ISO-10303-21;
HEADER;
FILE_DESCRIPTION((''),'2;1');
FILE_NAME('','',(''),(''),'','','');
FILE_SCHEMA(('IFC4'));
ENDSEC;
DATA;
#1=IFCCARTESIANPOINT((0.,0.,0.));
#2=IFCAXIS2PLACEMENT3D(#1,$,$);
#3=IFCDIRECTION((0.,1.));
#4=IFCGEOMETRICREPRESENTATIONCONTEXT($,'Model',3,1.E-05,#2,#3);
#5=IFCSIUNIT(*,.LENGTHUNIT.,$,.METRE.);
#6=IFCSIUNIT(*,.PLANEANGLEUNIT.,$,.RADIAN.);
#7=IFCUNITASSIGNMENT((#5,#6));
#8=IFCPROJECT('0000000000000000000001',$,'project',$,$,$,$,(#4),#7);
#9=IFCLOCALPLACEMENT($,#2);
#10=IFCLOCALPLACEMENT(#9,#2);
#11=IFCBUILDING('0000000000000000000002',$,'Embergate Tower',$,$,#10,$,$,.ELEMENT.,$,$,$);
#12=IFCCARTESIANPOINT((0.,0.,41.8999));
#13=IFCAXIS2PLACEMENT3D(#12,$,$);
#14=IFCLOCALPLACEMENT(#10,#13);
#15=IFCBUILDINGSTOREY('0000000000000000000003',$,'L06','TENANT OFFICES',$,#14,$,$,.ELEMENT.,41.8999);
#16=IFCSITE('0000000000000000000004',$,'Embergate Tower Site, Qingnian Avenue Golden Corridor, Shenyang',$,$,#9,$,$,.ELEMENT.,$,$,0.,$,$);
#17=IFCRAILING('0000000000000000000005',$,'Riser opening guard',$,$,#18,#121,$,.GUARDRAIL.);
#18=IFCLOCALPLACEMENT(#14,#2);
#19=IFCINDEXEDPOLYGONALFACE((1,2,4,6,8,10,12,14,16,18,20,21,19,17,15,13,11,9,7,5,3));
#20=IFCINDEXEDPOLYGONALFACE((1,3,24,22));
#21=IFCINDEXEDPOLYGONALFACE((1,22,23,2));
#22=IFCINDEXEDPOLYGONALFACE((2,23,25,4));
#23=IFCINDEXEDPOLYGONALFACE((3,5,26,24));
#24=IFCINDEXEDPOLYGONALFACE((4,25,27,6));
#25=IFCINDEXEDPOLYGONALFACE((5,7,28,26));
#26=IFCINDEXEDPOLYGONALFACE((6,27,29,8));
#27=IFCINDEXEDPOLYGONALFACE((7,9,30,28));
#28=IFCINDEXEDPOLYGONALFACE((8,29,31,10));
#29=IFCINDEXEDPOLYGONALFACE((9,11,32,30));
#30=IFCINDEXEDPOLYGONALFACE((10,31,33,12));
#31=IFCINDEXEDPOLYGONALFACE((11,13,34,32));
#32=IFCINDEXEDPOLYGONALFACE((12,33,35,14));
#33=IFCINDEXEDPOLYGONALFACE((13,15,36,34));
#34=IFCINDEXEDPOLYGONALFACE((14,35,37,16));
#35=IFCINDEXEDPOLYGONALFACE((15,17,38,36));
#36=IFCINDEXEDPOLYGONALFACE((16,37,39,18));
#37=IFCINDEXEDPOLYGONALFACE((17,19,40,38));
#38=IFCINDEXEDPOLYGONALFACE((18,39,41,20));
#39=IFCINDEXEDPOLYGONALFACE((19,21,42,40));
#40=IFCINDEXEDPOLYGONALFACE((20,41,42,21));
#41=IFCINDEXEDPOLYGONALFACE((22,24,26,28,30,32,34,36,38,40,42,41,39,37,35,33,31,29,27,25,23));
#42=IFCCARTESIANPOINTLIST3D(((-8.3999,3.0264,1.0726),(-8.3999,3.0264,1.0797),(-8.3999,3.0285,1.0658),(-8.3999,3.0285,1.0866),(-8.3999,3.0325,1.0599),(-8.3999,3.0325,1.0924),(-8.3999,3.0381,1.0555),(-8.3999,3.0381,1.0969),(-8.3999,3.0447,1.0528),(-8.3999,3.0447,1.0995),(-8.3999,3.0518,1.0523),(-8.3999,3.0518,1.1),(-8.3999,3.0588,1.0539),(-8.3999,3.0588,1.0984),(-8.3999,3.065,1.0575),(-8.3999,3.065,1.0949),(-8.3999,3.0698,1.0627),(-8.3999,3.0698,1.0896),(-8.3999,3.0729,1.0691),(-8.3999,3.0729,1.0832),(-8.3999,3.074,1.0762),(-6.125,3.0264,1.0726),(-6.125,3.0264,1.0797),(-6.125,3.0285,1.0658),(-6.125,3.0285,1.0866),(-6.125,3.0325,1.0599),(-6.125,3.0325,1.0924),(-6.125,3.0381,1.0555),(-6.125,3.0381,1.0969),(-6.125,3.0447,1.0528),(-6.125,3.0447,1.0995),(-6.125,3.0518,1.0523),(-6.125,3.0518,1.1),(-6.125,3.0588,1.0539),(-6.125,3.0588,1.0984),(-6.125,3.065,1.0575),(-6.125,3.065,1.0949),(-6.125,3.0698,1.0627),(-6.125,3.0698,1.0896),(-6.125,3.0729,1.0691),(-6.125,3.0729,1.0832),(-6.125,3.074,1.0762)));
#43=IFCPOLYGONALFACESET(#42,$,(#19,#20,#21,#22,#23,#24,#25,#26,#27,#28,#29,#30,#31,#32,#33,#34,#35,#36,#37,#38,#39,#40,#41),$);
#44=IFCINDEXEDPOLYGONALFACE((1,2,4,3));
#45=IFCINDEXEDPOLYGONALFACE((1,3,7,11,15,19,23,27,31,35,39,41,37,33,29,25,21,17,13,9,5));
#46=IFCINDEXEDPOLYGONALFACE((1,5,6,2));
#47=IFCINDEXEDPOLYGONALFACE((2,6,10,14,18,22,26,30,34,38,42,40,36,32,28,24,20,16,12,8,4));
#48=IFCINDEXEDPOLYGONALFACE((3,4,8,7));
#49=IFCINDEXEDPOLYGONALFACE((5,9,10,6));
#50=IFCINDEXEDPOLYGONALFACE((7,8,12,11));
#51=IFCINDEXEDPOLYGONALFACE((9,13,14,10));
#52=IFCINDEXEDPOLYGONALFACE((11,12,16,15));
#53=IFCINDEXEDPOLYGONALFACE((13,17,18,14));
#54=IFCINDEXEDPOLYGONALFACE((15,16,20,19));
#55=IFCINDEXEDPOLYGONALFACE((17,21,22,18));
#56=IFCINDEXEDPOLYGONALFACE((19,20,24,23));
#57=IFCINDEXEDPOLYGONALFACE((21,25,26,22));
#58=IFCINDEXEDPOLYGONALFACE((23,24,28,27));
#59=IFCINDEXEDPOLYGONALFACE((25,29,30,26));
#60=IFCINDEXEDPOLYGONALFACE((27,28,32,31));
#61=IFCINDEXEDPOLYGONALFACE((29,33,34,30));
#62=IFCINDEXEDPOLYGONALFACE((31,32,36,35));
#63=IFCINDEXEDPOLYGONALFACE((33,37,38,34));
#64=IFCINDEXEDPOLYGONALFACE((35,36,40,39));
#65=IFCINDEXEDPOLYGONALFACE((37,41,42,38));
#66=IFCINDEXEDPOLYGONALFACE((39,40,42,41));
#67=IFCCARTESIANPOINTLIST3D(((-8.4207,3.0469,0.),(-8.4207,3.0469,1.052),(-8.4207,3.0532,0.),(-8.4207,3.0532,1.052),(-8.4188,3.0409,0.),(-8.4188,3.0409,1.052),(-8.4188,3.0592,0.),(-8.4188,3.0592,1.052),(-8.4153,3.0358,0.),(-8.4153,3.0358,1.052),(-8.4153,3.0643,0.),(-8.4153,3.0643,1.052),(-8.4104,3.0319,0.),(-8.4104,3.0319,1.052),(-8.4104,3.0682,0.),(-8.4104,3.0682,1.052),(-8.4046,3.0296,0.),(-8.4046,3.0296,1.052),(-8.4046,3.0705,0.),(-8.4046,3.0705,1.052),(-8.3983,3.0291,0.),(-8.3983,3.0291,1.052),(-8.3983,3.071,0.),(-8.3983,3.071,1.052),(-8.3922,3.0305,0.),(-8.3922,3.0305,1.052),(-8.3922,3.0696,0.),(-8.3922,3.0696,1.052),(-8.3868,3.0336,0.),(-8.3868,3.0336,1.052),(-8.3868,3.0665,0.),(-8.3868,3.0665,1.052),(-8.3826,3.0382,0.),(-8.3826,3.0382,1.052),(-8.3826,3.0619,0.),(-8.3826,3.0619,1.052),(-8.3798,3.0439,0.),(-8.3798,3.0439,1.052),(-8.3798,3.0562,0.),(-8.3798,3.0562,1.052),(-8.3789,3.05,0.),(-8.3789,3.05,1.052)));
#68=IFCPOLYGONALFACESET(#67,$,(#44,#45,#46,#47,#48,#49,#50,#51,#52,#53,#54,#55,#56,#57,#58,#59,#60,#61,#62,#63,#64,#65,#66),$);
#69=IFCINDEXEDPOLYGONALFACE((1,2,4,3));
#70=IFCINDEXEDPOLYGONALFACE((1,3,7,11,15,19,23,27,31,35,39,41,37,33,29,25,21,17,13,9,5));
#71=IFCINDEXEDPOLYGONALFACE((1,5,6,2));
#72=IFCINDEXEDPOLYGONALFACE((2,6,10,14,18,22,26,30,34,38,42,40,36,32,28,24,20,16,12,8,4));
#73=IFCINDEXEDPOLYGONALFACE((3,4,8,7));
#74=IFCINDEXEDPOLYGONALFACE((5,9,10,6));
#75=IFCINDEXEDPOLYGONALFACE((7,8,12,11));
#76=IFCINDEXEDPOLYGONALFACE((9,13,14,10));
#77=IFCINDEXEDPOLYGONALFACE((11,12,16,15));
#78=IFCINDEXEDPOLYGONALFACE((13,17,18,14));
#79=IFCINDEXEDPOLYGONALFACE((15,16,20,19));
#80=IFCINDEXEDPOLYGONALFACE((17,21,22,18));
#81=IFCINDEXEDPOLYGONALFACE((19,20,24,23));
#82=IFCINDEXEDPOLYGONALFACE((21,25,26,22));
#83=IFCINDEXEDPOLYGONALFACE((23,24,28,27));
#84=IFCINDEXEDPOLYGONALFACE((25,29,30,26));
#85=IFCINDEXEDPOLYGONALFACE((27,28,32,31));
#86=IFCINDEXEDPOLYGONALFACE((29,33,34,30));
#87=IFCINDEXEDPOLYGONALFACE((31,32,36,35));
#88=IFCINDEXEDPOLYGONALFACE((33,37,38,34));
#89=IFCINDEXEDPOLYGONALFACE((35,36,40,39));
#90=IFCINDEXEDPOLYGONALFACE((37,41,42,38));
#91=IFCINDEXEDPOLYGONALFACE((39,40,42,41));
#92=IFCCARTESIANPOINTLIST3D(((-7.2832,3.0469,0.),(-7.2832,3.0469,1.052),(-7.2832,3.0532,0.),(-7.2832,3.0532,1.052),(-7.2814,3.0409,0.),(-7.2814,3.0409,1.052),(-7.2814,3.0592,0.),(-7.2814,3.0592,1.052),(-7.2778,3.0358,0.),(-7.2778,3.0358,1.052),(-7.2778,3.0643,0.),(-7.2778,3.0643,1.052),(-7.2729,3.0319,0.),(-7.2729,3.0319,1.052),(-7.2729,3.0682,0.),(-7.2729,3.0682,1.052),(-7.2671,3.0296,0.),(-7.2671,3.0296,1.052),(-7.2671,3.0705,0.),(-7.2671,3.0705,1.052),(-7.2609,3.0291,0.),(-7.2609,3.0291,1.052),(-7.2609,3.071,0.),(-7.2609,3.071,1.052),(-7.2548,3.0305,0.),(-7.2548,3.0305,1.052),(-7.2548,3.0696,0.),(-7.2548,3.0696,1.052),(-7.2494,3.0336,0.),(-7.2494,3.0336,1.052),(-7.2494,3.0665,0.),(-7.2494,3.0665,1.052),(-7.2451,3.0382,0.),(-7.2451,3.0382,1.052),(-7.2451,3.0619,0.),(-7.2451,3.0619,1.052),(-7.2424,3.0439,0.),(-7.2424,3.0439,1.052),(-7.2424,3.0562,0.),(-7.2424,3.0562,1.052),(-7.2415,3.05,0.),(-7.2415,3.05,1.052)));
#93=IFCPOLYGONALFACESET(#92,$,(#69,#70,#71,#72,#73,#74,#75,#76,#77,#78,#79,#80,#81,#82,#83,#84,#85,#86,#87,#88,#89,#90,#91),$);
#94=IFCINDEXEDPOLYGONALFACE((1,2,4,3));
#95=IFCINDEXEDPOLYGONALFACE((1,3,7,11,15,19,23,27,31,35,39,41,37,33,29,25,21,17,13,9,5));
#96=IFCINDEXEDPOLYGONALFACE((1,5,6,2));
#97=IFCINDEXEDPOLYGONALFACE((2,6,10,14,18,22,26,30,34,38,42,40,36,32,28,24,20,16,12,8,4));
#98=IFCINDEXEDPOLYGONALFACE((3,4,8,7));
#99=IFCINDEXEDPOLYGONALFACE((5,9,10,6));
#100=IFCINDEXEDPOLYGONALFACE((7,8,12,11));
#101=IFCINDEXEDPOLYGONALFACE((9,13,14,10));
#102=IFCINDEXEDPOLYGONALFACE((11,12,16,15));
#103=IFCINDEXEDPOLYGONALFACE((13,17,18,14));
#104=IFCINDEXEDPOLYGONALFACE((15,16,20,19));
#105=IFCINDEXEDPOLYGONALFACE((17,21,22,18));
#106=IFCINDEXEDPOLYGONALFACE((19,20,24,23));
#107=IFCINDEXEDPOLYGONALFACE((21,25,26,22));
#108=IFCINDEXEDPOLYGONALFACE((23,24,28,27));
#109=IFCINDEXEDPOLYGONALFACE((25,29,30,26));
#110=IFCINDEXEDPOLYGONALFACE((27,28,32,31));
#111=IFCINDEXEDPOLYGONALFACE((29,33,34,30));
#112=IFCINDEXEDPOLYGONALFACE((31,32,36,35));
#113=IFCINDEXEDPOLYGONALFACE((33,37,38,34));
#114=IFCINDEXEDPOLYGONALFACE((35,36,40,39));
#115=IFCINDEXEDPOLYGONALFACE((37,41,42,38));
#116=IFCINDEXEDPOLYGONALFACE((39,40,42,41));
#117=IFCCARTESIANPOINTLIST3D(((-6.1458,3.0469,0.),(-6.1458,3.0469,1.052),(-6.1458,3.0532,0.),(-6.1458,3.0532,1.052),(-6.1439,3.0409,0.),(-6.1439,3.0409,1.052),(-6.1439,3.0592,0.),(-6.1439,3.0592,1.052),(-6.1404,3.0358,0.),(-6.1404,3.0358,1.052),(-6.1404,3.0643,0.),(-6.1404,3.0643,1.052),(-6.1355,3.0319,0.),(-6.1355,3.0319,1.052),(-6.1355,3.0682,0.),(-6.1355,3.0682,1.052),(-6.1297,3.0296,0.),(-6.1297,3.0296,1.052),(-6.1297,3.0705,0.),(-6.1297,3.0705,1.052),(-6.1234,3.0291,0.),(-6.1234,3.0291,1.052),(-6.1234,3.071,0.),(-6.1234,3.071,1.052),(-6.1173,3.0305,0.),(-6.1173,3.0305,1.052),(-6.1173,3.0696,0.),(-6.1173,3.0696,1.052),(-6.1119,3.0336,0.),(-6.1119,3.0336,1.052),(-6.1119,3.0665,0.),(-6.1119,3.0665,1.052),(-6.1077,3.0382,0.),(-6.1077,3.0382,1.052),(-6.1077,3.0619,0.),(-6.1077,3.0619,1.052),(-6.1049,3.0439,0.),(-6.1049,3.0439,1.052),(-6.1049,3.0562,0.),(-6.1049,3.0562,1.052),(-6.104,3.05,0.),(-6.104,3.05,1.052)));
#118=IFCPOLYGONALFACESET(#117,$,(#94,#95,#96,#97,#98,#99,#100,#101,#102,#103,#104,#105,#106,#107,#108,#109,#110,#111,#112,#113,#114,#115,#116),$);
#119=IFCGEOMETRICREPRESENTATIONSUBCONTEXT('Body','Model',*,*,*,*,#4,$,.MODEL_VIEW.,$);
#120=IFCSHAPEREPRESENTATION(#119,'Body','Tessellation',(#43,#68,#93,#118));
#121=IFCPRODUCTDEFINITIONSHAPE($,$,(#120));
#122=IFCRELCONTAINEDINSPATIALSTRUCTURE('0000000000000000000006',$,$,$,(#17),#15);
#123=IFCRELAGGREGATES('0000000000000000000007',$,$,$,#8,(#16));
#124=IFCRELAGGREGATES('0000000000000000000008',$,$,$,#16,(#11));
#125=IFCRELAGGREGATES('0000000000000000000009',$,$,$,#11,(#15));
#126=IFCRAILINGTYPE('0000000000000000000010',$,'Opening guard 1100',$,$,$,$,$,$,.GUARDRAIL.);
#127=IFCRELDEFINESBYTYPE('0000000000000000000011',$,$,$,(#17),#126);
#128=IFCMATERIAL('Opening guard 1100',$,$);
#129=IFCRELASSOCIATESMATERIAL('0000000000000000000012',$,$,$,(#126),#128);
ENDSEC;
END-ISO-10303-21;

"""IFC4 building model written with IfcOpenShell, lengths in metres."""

from ifc_helpers import new_model, si_unit, direction, frame, origin, origin_2d, place, context, subcontext, project, spatial, circle, extrude, source, transform, mapped, material, type_object, element, save


model = new_model("IFC4")

# Units and contexts
model_context = context("Model", 3, precision=1e-05, world=origin(), true_north=direction((0.0, 1.0)))
body_context = subcontext(model_context, "Body", "Model", "MODEL_VIEW")
ifc_project = project(units=[si_unit("LENGTHUNIT", "METRE"), si_unit("PLANEANGLEUNIT", "RADIAN")], contexts=[model_context])

# Site, building, storey
site_placement = place(None, origin())
site = spatial("IfcSite", under=ifc_project, at=site_placement, Name="Embergate Tower Site, Qingnian Avenue Golden Corridor, Shenyang", CompositionType="ELEMENT", RefElevation=0.0)
building_placement = place(site_placement, origin())
building = spatial("IfcBuilding", under=site, at=building_placement, Name="Embergate Tower", CompositionType="ELEMENT")
storey_placement = place(building_placement, frame((0.0, 0.0, 41.8999)))
storey = spatial("IfcBuildingStorey", under=building, at=storey_placement, Name="L06", Description="TENANT OFFICES", CompositionType="ELEMENT", Elevation=41.8999)

# Railing
ifc_material_1 = material(Name="Opening guard 1100")
railing_type = type_object("IfcRailingType", Name="Opening guard 1100", PredefinedType="GUARDRAIL", material=ifc_material_1)
shared_shape_1 = source(origin(), body_context, "Body", "SweptSolid", [
    extrude(circle(Radius=0.0239, at=origin_2d()), frame((0.0, 0.0, 1.0762), z_axis=(1.0, 0.0, 0.0), x_axis=(0.0, 1.0, 0.0)), (0.0, 0.0, 1.0), 2.2749),
    extrude(circle(Radius=0.021, at=origin_2d()), origin(), (0.0, 0.0, 1.0), 1.052),
    extrude(circle(Radius=0.021, at=origin_2d()), frame((1.1375, 0.0, 0.0)), (0.0, 0.0, 1.0), 1.052),
    extrude(circle(Radius=0.021, at=origin_2d()), frame((2.2749, 0.0, 0.0)), (0.0, 0.0, 1.0), 1.052),
])
railing_placement = place(storey_placement, frame((-8.3999, 3.05, 0.0)))
element("IfcRailing", 1, at=railing_placement, inside=storey, type_object=railing_type, Name="Riser opening guard", PredefinedType="GUARDRAIL", context=body_context, shape_type="MappedRepresentation", body=[
    mapped(shared_shape_1, transform((0.0, 0.0, 0.0))),
])

save(model, "model.ifc")
